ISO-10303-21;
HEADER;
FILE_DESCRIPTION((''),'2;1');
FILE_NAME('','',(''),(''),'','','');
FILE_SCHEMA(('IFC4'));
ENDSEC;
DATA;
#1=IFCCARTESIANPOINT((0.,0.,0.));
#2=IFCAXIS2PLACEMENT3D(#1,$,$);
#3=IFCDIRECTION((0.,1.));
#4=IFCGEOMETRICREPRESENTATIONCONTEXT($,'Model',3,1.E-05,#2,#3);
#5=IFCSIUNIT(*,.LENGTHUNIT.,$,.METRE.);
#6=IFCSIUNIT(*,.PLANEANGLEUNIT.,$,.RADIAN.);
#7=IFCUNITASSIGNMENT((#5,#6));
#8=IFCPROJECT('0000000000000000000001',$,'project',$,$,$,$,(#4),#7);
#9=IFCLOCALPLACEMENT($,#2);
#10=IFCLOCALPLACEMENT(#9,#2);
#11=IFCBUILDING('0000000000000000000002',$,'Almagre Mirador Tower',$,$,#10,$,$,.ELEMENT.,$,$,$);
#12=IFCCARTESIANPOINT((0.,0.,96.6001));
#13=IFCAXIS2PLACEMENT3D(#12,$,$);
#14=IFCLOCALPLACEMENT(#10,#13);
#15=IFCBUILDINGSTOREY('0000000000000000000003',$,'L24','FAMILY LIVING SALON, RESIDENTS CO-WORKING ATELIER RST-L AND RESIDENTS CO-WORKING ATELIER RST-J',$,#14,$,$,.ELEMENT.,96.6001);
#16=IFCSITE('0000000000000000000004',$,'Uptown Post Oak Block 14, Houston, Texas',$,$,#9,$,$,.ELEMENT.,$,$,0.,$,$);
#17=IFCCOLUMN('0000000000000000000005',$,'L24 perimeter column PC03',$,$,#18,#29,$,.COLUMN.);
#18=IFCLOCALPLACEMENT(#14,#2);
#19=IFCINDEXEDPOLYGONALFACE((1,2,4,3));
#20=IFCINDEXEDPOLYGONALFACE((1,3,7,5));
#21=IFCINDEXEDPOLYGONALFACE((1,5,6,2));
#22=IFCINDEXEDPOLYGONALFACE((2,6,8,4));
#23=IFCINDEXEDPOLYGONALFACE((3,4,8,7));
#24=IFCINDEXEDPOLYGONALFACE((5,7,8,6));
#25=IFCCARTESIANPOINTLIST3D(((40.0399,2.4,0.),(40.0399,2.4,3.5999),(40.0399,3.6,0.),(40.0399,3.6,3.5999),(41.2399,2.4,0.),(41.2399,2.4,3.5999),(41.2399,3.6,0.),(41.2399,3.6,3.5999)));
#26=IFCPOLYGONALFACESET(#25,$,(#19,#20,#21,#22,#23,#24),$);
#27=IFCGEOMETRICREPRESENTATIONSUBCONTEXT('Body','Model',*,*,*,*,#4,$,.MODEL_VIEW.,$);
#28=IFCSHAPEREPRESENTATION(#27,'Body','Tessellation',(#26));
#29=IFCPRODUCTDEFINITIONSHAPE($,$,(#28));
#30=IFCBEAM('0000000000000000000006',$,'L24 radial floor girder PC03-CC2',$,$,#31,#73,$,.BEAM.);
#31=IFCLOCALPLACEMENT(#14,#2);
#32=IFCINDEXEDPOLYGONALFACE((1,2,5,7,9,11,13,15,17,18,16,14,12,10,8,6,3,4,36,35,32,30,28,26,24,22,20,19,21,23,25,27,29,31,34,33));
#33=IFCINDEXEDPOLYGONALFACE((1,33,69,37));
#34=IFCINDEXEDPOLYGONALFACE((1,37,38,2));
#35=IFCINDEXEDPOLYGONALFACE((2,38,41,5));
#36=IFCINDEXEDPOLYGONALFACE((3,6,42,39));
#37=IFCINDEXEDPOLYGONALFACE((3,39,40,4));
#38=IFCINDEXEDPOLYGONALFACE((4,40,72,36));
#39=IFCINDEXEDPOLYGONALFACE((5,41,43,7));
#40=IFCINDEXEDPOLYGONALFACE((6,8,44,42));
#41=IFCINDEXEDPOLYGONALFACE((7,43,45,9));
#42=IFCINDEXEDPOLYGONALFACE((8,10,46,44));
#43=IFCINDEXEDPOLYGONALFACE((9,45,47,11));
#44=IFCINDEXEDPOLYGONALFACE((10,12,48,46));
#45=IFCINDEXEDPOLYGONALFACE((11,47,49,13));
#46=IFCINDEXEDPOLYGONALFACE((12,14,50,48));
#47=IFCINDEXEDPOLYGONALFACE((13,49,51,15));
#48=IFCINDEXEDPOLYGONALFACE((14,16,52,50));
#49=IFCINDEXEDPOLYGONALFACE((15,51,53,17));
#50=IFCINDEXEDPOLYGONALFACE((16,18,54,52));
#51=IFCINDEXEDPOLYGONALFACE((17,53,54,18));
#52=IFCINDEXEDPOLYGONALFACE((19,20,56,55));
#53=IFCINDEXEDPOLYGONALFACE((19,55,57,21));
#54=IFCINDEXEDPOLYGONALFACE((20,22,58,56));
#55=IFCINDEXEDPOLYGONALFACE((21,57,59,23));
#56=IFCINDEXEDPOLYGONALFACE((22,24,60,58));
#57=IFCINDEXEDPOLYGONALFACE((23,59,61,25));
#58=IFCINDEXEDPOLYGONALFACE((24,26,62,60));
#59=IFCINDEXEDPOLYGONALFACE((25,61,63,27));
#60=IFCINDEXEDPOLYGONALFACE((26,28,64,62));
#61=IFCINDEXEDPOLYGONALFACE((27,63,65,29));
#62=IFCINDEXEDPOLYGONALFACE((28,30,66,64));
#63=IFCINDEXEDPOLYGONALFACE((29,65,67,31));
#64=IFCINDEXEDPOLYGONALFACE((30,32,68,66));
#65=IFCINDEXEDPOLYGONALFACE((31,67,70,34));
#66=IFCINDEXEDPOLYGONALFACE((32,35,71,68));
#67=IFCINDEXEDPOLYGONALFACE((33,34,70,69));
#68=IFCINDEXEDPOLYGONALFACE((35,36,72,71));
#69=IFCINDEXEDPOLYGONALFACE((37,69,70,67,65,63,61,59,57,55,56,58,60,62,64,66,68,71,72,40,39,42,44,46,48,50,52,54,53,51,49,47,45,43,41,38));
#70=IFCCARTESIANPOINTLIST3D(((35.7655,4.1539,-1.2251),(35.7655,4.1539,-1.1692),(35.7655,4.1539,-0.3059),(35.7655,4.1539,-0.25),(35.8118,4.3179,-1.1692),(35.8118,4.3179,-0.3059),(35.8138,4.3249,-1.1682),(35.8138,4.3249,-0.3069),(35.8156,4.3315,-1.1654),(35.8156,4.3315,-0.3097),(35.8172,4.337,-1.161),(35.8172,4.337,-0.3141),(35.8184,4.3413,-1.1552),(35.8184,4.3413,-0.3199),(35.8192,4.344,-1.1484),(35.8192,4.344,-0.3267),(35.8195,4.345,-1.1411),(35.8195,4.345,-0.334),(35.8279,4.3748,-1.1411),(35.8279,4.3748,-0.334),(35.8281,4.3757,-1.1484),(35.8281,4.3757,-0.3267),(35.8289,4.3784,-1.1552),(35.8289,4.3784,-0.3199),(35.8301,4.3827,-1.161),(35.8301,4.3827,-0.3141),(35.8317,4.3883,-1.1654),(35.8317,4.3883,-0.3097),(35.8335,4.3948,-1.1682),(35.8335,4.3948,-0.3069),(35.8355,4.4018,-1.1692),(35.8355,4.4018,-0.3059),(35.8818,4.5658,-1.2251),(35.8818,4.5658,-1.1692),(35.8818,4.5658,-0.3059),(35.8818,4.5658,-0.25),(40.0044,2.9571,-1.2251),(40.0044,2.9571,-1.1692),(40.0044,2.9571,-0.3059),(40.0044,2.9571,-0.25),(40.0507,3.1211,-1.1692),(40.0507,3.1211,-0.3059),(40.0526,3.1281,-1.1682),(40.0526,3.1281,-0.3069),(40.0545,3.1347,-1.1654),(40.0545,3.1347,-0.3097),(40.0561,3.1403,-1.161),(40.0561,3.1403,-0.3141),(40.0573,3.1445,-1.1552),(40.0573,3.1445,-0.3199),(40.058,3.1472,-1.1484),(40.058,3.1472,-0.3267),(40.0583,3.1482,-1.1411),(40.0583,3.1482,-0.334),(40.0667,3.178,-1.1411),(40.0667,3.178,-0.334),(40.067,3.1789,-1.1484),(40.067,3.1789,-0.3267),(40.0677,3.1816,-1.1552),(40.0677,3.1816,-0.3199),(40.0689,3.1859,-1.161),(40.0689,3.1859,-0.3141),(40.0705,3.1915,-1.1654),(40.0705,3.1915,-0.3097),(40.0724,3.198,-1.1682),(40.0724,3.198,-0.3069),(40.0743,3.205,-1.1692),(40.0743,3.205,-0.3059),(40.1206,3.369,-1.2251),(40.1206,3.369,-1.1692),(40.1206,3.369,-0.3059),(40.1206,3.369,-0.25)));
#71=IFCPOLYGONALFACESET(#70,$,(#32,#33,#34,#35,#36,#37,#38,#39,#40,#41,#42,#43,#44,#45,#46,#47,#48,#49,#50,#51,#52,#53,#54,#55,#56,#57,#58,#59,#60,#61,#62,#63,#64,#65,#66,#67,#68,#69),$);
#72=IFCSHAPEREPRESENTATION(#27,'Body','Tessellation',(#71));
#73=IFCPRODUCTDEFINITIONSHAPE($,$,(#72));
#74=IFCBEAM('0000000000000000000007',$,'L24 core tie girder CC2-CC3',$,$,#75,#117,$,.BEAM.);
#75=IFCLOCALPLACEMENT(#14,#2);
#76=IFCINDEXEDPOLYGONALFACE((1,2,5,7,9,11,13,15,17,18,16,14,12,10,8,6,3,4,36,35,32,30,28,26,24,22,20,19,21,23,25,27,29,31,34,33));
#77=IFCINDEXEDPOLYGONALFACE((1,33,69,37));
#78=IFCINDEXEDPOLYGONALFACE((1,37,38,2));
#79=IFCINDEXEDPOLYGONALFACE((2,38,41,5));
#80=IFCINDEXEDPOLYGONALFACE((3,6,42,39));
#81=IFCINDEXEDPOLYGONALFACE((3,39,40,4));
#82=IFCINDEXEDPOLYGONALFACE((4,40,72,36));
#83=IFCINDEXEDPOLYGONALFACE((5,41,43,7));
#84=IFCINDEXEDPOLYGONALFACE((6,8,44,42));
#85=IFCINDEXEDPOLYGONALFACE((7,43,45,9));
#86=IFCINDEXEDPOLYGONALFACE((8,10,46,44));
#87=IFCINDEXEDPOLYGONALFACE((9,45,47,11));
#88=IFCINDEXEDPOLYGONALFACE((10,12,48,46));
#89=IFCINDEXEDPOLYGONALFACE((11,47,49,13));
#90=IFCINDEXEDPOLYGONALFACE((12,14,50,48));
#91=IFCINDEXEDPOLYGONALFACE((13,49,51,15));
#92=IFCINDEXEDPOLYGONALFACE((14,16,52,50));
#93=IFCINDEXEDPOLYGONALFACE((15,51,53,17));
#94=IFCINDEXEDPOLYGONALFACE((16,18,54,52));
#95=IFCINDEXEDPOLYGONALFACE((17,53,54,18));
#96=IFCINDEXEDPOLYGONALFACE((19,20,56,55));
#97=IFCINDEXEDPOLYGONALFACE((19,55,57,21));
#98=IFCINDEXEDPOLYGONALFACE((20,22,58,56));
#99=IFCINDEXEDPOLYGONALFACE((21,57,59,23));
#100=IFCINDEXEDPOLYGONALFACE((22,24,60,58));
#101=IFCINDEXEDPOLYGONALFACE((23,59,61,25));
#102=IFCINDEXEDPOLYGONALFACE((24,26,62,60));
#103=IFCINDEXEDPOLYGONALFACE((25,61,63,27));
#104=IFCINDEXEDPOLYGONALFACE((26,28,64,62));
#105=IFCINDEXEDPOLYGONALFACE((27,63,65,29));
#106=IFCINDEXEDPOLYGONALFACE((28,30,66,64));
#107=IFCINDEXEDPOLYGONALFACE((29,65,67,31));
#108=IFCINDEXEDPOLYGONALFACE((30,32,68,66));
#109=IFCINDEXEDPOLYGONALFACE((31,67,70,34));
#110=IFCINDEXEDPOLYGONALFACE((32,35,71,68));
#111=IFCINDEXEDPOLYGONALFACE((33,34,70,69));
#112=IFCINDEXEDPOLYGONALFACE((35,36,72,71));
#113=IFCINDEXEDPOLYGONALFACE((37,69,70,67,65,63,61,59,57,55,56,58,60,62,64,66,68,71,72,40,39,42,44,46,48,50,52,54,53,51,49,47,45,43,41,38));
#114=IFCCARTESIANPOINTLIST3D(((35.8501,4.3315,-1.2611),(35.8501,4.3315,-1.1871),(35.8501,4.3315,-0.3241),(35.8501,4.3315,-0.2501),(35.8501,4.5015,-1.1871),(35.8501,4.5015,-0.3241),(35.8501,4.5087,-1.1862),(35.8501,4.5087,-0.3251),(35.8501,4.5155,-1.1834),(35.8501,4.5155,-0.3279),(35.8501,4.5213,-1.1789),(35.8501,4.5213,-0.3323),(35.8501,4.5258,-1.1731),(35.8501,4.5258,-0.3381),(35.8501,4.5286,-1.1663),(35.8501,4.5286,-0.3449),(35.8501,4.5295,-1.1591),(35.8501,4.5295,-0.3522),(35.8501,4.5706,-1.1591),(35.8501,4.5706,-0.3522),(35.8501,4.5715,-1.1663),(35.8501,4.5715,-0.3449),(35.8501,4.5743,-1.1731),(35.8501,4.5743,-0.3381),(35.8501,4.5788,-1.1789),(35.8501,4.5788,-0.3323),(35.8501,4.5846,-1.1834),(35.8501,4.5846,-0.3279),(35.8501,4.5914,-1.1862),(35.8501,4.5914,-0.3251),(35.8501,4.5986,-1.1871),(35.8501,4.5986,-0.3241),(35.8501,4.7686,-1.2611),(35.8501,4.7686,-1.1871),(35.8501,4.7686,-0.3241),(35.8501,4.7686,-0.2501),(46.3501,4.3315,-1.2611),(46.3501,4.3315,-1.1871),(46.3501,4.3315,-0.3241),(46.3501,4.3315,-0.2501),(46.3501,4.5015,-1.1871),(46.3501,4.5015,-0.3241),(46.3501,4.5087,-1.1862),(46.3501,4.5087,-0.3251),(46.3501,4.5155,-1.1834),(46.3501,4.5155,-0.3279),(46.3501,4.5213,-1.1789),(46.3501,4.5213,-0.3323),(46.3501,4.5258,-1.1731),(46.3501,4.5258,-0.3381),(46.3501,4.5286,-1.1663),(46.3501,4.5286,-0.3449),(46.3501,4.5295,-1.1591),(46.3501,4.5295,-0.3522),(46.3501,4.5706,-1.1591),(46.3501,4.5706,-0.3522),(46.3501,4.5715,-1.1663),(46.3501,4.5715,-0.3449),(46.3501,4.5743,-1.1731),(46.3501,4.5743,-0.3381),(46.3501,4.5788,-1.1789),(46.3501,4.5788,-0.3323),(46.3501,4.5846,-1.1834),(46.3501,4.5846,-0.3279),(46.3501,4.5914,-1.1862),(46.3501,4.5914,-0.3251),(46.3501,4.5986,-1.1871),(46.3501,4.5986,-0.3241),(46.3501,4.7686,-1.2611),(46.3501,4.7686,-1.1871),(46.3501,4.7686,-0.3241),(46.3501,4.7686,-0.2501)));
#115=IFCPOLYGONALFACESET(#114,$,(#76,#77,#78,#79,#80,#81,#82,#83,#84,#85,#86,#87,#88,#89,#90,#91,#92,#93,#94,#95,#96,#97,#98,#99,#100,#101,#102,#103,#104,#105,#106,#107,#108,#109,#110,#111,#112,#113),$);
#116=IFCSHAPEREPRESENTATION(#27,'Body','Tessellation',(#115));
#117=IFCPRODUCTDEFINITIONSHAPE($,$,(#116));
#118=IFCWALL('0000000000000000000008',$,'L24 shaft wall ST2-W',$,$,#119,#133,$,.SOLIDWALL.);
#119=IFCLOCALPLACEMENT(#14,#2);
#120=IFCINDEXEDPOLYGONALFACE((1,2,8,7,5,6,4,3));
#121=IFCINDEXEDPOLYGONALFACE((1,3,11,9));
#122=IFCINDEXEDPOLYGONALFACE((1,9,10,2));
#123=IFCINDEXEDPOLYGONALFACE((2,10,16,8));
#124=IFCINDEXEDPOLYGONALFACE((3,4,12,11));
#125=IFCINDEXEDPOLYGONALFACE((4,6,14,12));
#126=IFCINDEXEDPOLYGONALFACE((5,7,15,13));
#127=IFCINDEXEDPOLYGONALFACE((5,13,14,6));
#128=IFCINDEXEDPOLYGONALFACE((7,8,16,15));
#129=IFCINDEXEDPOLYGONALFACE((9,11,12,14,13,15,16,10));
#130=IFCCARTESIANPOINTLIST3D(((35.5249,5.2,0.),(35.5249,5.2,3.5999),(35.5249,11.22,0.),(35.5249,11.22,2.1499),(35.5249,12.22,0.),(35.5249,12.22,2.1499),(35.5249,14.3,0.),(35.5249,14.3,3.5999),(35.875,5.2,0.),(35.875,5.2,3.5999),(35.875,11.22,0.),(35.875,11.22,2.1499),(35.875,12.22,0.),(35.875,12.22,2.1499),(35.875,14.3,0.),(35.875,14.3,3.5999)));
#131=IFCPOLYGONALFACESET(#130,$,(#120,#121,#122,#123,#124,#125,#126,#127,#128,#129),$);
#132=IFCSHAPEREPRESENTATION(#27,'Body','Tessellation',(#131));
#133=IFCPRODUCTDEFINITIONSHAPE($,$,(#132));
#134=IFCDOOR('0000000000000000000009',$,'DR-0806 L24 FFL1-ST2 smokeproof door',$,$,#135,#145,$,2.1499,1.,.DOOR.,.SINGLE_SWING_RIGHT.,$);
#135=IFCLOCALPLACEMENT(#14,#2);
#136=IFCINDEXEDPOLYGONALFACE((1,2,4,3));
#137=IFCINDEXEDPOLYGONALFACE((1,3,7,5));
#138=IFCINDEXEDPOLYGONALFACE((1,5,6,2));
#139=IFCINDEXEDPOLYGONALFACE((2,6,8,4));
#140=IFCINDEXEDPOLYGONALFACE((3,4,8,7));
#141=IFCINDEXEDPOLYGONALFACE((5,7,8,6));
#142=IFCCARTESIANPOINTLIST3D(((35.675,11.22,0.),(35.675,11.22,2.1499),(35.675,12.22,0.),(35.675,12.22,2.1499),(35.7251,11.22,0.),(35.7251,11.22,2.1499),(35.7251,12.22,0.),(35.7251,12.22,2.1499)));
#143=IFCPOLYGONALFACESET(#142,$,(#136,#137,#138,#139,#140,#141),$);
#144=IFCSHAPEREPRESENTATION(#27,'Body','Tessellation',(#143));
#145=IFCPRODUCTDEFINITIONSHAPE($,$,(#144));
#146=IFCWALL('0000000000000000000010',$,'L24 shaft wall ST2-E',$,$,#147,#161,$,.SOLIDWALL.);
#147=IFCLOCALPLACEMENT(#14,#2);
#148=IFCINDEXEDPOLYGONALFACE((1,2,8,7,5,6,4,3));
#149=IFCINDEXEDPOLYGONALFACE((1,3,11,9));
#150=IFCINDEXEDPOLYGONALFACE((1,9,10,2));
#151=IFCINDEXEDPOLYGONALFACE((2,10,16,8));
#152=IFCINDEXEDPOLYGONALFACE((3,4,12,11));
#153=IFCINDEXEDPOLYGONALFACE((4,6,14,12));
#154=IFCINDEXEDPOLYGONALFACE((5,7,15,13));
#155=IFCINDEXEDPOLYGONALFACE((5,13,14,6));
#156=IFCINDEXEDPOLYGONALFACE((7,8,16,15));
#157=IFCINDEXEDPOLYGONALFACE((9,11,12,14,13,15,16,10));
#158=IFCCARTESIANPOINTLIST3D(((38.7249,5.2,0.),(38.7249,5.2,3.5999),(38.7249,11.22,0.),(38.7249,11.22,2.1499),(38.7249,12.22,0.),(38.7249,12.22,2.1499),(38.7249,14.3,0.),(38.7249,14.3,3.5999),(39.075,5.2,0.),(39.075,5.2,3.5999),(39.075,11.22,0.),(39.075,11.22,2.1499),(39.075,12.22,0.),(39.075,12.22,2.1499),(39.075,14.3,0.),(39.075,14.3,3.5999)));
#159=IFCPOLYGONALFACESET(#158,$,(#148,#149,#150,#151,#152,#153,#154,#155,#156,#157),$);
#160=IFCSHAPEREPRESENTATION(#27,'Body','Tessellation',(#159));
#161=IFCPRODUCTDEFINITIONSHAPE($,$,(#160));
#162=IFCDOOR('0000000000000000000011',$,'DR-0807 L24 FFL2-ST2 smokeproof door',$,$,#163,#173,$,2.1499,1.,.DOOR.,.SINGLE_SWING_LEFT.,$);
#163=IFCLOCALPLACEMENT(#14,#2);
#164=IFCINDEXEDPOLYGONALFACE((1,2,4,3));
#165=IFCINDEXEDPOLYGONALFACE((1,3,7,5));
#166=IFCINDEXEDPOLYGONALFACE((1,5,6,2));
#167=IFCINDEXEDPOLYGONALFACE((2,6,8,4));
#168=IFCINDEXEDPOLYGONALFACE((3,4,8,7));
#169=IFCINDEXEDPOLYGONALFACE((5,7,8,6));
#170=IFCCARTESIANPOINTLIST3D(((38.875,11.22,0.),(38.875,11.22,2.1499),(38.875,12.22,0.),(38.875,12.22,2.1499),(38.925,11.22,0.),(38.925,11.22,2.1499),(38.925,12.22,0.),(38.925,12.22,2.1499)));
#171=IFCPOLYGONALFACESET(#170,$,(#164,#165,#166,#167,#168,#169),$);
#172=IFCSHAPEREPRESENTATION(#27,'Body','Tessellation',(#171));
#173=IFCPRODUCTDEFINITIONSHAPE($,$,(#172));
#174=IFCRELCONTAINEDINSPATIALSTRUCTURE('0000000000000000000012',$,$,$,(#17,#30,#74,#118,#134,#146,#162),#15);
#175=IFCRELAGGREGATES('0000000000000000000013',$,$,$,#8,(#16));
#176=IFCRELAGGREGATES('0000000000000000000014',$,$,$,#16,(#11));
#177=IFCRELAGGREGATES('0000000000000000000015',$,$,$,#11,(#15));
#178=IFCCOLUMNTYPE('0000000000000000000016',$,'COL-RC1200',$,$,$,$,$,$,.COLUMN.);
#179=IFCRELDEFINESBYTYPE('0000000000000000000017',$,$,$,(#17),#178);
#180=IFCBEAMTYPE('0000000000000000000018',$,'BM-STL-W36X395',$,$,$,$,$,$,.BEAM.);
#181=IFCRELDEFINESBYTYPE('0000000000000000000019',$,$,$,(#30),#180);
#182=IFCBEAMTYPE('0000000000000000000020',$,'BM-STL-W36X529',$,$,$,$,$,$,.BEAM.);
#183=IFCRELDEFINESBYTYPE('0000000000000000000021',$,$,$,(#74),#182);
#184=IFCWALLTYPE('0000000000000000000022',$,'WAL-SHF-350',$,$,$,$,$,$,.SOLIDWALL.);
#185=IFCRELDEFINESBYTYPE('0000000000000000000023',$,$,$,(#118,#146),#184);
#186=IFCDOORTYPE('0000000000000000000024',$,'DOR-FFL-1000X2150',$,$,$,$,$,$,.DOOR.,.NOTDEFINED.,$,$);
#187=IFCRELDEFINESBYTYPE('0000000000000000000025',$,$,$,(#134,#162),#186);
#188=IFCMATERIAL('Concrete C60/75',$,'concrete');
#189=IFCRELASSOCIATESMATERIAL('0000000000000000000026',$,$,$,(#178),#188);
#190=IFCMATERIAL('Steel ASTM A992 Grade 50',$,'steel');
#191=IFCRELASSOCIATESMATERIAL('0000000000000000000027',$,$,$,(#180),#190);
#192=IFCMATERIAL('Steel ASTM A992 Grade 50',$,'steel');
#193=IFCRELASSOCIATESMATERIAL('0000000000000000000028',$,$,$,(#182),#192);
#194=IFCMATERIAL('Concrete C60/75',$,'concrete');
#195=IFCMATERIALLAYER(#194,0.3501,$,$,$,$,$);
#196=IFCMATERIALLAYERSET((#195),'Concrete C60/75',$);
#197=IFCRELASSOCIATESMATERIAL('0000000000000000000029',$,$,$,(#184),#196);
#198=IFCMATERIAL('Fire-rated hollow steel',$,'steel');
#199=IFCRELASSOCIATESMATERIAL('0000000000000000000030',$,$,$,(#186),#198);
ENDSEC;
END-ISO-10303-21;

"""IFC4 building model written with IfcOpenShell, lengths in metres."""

from ifc_helpers import new_model, si_unit, direction, frame, frame_2d, origin, origin_2d, place, context, subcontext, project, spatial, rectangle, i_section, extrude, material, layer, layer_set, material_profile, profile_set, type_object, element, fill, save


model = new_model("IFC4")

# Units and contexts
model_context = context("Model", 3, precision=1e-05, world=origin(), true_north=direction((0.0, 1.0)))
body_context = subcontext(model_context, "Body", "Model", "MODEL_VIEW")
ifc_project = project(units=[si_unit("LENGTHUNIT", "METRE"), si_unit("PLANEANGLEUNIT", "RADIAN")], contexts=[model_context])

# Site, building, storey
site_placement = place(None, origin())
site = spatial("IfcSite", under=ifc_project, at=site_placement, Name="Uptown Post Oak Block 14, Houston, Texas", CompositionType="ELEMENT", RefElevation=0.0)
building_placement = place(site_placement, origin())
building = spatial("IfcBuilding", under=site, at=building_placement, Name="Almagre Mirador Tower", CompositionType="ELEMENT")
storey_placement = place(building_placement, frame((0.0, 0.0, 96.6001)))
storey = spatial("IfcBuildingStorey", under=building, at=storey_placement, Name="L24", Description="FAMILY LIVING SALON, RESIDENTS CO-WORKING ATELIER RST-L AND RESIDENTS CO-WORKING ATELIER RST-J", CompositionType="ELEMENT", Elevation=96.6001)

# Column
ifc_material_1 = material(Name="Concrete C60/75", Category="concrete")
ifc_material_profile_1 = material_profile(ifc_material_1, rectangle(XDim=1.2, YDim=1.2, at=origin_2d()), Name="RC1200X1200")
ifc_profile_set_1 = profile_set([ifc_material_profile_1], Name="Concrete C60/75")
column_type = type_object("IfcColumnType", Name="COL-RC1200", PredefinedType="COLUMN", material=ifc_profile_set_1)
column_placement = place(storey_placement, frame((40.6399, 3.0, 0.0), z_axis=(0.0, 0.0, 1.0), x_axis=(1.0, 0.0, 0.0)))
element("IfcColumn", 1, at=column_placement, inside=storey, type_object=column_type, Name="L24 perimeter column PC03", PredefinedType="COLUMN", context=body_context, shape_type="SweptSolid", body=[
    extrude(rectangle(XDim=1.2, YDim=1.2, at=origin_2d()), origin(), (0.0, 0.0, 1.0), 3.5999),
])

# Beams
ifc_material_2 = material(Name="Steel ASTM A992 Grade 50", Category="steel")
ifc_material_profile_2 = material_profile(ifc_material_2, i_section(OverallWidth=0.428, OverallDepth=0.9751, WebThickness=0.031, FlangeThickness=0.0559, FilletRadius=0.0281, at=origin_2d()), Name="W36X395")
ifc_profile_set_2 = profile_set([ifc_material_profile_2], Name="Steel ASTM A992 Grade 50")
beam_type_1 = type_object("IfcBeamType", Name="BM-STL-W36X395", PredefinedType="BEAM", material=ifc_profile_set_2)
beam_1_placement = place(storey_placement, frame((40.0625, 3.1631, -0.7375), z_axis=(-0.962377, 0.271718, 0.0), x_axis=(-0.271718, -0.962377, 0.0)))
element("IfcBeam", 2, at=beam_1_placement, inside=storey, type_object=beam_type_1, Name="L24 radial floor girder PC03-CC2", PredefinedType="BEAM", context=body_context, shape_type="SweptSolid", body=[
    extrude(i_section(OverallWidth=0.428, OverallDepth=0.9751, WebThickness=0.031, FlangeThickness=0.0559, FilletRadius=0.0281, at=origin_2d()), origin(), (0.0, 0.0, 1.0), 4.4045),
])
ifc_material_3 = material(Name="Steel ASTM A992 Grade 50", Category="steel")
ifc_material_profile_3 = material_profile(ifc_material_3, i_section(OverallWidth=0.437, OverallDepth=1.011, WebThickness=0.041, FlangeThickness=0.074, FilletRadius=0.0281, at=origin_2d()), Name="W36X529")
ifc_profile_set_3 = profile_set([ifc_material_profile_3], Name="Steel ASTM A992 Grade 50")
beam_type_2 = type_object("IfcBeamType", Name="BM-STL-W36X529", PredefinedType="BEAM", material=ifc_profile_set_3)
beam_2_placement = place(storey_placement, frame((35.8501, 4.55, -0.7556), z_axis=(1.0, 0.0, 0.0), x_axis=(0.0, 1.0, 0.0)))
element("IfcBeam", 3, at=beam_2_placement, inside=storey, type_object=beam_type_2, Name="L24 core tie girder CC2-CC3", PredefinedType="BEAM", context=body_context, shape_type="SweptSolid", body=[
    extrude(i_section(OverallWidth=0.437, OverallDepth=1.011, WebThickness=0.041, FlangeThickness=0.074, FilletRadius=0.0281, at=origin_2d()), origin(), (0.0, 0.0, 1.0), 10.5),
])

# Walls, openings, doors
ifc_material_4 = material(Name="Concrete C60/75", Category="concrete")
ifc_layer_1 = layer(ifc_material_4, 0.3501)
ifc_layer_set_1 = layer_set([ifc_layer_1], Name="Concrete C60/75")
wall_type_1 = type_object("IfcWallType", Name="WAL-SHF-350", PredefinedType="SOLIDWALL", material=ifc_layer_set_1)
wall_1_placement = place(storey_placement, frame((35.7, 5.2, 0.0), z_axis=(0.0, 0.0, 1.0), x_axis=(0.0, 1.0, 0.0)))
wall_1 = element("IfcWall", 4, at=wall_1_placement, inside=storey, type_object=wall_type_1, Name="L24 shaft wall ST2-W", PredefinedType="SOLIDWALL", context=body_context, shape_type="SweptSolid", body=[
    extrude(rectangle(XDim=9.1001, YDim=0.3501, at=frame_2d((4.55, 0.0))), origin(), (0.0, 0.0, 1.0), 3.5999),
])
opening_1_placement = place(wall_1_placement, frame((6.02, 0.0, 0.0)))
opening_1 = element("IfcOpeningElement", 5, at=opening_1_placement, cuts=wall_1, PredefinedType="OPENING", context=body_context, shape_type="SweptSolid", body=[
    extrude(rectangle(XDim=1.0, YDim=2.1499, at=frame_2d((0.5, 1.075))), frame((0.0, 0.185, 0.0), z_axis=(0.0, -1.0, 0.0), x_axis=(1.0, 0.0, 0.0)), (0.0, 0.0, 1.0), 0.3701),
])
ifc_material_5 = material(Name="Fire-rated hollow steel", Category="steel")
door_type_1 = type_object("IfcDoorType", Name="DOR-FFL-1000X2150", OperationType="NOTDEFINED", PredefinedType="DOOR", material=ifc_material_5)
door_1_placement = place(opening_1_placement, origin())
door_1 = element("IfcDoor", 6, at=door_1_placement, inside=storey, type_object=door_type_1, Name="DR-0806 L24 FFL1-ST2 smokeproof door", OperationType="SINGLE_SWING_RIGHT", OverallHeight=2.1499, OverallWidth=1.0, PredefinedType="DOOR", context=body_context, shape_type="SweptSolid", body=[
    extrude(rectangle(XDim=1.0, YDim=2.1499, at=frame_2d((0.5, 1.075))), frame((0.0, 0.0249, 0.0), z_axis=(0.0, -1.0, 0.0), x_axis=(1.0, 0.0, 0.0)), (0.0, 0.0, 1.0), 0.05),
])
fill(opening_1, door_1)
wall_2_placement = place(storey_placement, frame((38.8999, 5.2, 0.0), z_axis=(0.0, 0.0, 1.0), x_axis=(0.0, 1.0, 0.0)))
wall_2 = element("IfcWall", 7, at=wall_2_placement, inside=storey, type_object=wall_type_1, Name="L24 shaft wall ST2-E", PredefinedType="SOLIDWALL", context=body_context, shape_type="SweptSolid", body=[
    extrude(rectangle(XDim=9.1001, YDim=0.3501, at=frame_2d((4.55, 0.0))), origin(), (0.0, 0.0, 1.0), 3.5999),
])
opening_2_placement = place(wall_2_placement, frame((6.02, 0.0, 0.0)))
opening_2 = element("IfcOpeningElement", 8, at=opening_2_placement, cuts=wall_2, PredefinedType="OPENING", context=body_context, shape_type="SweptSolid", body=[
    extrude(rectangle(XDim=1.0, YDim=2.1499, at=frame_2d((0.5, 1.075))), frame((0.0, 0.185, 0.0), z_axis=(0.0, -1.0, 0.0), x_axis=(1.0, 0.0, 0.0)), (0.0, 0.0, 1.0), 0.3701),
])
door_2_placement = place(opening_2_placement, origin())
door_2 = element("IfcDoor", 9, at=door_2_placement, inside=storey, type_object=door_type_1, Name="DR-0807 L24 FFL2-ST2 smokeproof door", OperationType="SINGLE_SWING_LEFT", OverallHeight=2.1499, OverallWidth=1.0, PredefinedType="DOOR", context=body_context, shape_type="SweptSolid", body=[
    extrude(rectangle(XDim=1.0, YDim=2.1499, at=frame_2d((0.5, 1.075))), frame((0.0, 0.0249, 0.0), z_axis=(0.0, -1.0, 0.0), x_axis=(1.0, 0.0, 0.0)), (0.0, 0.0, 1.0), 0.05),
])
fill(opening_2, door_2)

save(model, "model.ifc")
